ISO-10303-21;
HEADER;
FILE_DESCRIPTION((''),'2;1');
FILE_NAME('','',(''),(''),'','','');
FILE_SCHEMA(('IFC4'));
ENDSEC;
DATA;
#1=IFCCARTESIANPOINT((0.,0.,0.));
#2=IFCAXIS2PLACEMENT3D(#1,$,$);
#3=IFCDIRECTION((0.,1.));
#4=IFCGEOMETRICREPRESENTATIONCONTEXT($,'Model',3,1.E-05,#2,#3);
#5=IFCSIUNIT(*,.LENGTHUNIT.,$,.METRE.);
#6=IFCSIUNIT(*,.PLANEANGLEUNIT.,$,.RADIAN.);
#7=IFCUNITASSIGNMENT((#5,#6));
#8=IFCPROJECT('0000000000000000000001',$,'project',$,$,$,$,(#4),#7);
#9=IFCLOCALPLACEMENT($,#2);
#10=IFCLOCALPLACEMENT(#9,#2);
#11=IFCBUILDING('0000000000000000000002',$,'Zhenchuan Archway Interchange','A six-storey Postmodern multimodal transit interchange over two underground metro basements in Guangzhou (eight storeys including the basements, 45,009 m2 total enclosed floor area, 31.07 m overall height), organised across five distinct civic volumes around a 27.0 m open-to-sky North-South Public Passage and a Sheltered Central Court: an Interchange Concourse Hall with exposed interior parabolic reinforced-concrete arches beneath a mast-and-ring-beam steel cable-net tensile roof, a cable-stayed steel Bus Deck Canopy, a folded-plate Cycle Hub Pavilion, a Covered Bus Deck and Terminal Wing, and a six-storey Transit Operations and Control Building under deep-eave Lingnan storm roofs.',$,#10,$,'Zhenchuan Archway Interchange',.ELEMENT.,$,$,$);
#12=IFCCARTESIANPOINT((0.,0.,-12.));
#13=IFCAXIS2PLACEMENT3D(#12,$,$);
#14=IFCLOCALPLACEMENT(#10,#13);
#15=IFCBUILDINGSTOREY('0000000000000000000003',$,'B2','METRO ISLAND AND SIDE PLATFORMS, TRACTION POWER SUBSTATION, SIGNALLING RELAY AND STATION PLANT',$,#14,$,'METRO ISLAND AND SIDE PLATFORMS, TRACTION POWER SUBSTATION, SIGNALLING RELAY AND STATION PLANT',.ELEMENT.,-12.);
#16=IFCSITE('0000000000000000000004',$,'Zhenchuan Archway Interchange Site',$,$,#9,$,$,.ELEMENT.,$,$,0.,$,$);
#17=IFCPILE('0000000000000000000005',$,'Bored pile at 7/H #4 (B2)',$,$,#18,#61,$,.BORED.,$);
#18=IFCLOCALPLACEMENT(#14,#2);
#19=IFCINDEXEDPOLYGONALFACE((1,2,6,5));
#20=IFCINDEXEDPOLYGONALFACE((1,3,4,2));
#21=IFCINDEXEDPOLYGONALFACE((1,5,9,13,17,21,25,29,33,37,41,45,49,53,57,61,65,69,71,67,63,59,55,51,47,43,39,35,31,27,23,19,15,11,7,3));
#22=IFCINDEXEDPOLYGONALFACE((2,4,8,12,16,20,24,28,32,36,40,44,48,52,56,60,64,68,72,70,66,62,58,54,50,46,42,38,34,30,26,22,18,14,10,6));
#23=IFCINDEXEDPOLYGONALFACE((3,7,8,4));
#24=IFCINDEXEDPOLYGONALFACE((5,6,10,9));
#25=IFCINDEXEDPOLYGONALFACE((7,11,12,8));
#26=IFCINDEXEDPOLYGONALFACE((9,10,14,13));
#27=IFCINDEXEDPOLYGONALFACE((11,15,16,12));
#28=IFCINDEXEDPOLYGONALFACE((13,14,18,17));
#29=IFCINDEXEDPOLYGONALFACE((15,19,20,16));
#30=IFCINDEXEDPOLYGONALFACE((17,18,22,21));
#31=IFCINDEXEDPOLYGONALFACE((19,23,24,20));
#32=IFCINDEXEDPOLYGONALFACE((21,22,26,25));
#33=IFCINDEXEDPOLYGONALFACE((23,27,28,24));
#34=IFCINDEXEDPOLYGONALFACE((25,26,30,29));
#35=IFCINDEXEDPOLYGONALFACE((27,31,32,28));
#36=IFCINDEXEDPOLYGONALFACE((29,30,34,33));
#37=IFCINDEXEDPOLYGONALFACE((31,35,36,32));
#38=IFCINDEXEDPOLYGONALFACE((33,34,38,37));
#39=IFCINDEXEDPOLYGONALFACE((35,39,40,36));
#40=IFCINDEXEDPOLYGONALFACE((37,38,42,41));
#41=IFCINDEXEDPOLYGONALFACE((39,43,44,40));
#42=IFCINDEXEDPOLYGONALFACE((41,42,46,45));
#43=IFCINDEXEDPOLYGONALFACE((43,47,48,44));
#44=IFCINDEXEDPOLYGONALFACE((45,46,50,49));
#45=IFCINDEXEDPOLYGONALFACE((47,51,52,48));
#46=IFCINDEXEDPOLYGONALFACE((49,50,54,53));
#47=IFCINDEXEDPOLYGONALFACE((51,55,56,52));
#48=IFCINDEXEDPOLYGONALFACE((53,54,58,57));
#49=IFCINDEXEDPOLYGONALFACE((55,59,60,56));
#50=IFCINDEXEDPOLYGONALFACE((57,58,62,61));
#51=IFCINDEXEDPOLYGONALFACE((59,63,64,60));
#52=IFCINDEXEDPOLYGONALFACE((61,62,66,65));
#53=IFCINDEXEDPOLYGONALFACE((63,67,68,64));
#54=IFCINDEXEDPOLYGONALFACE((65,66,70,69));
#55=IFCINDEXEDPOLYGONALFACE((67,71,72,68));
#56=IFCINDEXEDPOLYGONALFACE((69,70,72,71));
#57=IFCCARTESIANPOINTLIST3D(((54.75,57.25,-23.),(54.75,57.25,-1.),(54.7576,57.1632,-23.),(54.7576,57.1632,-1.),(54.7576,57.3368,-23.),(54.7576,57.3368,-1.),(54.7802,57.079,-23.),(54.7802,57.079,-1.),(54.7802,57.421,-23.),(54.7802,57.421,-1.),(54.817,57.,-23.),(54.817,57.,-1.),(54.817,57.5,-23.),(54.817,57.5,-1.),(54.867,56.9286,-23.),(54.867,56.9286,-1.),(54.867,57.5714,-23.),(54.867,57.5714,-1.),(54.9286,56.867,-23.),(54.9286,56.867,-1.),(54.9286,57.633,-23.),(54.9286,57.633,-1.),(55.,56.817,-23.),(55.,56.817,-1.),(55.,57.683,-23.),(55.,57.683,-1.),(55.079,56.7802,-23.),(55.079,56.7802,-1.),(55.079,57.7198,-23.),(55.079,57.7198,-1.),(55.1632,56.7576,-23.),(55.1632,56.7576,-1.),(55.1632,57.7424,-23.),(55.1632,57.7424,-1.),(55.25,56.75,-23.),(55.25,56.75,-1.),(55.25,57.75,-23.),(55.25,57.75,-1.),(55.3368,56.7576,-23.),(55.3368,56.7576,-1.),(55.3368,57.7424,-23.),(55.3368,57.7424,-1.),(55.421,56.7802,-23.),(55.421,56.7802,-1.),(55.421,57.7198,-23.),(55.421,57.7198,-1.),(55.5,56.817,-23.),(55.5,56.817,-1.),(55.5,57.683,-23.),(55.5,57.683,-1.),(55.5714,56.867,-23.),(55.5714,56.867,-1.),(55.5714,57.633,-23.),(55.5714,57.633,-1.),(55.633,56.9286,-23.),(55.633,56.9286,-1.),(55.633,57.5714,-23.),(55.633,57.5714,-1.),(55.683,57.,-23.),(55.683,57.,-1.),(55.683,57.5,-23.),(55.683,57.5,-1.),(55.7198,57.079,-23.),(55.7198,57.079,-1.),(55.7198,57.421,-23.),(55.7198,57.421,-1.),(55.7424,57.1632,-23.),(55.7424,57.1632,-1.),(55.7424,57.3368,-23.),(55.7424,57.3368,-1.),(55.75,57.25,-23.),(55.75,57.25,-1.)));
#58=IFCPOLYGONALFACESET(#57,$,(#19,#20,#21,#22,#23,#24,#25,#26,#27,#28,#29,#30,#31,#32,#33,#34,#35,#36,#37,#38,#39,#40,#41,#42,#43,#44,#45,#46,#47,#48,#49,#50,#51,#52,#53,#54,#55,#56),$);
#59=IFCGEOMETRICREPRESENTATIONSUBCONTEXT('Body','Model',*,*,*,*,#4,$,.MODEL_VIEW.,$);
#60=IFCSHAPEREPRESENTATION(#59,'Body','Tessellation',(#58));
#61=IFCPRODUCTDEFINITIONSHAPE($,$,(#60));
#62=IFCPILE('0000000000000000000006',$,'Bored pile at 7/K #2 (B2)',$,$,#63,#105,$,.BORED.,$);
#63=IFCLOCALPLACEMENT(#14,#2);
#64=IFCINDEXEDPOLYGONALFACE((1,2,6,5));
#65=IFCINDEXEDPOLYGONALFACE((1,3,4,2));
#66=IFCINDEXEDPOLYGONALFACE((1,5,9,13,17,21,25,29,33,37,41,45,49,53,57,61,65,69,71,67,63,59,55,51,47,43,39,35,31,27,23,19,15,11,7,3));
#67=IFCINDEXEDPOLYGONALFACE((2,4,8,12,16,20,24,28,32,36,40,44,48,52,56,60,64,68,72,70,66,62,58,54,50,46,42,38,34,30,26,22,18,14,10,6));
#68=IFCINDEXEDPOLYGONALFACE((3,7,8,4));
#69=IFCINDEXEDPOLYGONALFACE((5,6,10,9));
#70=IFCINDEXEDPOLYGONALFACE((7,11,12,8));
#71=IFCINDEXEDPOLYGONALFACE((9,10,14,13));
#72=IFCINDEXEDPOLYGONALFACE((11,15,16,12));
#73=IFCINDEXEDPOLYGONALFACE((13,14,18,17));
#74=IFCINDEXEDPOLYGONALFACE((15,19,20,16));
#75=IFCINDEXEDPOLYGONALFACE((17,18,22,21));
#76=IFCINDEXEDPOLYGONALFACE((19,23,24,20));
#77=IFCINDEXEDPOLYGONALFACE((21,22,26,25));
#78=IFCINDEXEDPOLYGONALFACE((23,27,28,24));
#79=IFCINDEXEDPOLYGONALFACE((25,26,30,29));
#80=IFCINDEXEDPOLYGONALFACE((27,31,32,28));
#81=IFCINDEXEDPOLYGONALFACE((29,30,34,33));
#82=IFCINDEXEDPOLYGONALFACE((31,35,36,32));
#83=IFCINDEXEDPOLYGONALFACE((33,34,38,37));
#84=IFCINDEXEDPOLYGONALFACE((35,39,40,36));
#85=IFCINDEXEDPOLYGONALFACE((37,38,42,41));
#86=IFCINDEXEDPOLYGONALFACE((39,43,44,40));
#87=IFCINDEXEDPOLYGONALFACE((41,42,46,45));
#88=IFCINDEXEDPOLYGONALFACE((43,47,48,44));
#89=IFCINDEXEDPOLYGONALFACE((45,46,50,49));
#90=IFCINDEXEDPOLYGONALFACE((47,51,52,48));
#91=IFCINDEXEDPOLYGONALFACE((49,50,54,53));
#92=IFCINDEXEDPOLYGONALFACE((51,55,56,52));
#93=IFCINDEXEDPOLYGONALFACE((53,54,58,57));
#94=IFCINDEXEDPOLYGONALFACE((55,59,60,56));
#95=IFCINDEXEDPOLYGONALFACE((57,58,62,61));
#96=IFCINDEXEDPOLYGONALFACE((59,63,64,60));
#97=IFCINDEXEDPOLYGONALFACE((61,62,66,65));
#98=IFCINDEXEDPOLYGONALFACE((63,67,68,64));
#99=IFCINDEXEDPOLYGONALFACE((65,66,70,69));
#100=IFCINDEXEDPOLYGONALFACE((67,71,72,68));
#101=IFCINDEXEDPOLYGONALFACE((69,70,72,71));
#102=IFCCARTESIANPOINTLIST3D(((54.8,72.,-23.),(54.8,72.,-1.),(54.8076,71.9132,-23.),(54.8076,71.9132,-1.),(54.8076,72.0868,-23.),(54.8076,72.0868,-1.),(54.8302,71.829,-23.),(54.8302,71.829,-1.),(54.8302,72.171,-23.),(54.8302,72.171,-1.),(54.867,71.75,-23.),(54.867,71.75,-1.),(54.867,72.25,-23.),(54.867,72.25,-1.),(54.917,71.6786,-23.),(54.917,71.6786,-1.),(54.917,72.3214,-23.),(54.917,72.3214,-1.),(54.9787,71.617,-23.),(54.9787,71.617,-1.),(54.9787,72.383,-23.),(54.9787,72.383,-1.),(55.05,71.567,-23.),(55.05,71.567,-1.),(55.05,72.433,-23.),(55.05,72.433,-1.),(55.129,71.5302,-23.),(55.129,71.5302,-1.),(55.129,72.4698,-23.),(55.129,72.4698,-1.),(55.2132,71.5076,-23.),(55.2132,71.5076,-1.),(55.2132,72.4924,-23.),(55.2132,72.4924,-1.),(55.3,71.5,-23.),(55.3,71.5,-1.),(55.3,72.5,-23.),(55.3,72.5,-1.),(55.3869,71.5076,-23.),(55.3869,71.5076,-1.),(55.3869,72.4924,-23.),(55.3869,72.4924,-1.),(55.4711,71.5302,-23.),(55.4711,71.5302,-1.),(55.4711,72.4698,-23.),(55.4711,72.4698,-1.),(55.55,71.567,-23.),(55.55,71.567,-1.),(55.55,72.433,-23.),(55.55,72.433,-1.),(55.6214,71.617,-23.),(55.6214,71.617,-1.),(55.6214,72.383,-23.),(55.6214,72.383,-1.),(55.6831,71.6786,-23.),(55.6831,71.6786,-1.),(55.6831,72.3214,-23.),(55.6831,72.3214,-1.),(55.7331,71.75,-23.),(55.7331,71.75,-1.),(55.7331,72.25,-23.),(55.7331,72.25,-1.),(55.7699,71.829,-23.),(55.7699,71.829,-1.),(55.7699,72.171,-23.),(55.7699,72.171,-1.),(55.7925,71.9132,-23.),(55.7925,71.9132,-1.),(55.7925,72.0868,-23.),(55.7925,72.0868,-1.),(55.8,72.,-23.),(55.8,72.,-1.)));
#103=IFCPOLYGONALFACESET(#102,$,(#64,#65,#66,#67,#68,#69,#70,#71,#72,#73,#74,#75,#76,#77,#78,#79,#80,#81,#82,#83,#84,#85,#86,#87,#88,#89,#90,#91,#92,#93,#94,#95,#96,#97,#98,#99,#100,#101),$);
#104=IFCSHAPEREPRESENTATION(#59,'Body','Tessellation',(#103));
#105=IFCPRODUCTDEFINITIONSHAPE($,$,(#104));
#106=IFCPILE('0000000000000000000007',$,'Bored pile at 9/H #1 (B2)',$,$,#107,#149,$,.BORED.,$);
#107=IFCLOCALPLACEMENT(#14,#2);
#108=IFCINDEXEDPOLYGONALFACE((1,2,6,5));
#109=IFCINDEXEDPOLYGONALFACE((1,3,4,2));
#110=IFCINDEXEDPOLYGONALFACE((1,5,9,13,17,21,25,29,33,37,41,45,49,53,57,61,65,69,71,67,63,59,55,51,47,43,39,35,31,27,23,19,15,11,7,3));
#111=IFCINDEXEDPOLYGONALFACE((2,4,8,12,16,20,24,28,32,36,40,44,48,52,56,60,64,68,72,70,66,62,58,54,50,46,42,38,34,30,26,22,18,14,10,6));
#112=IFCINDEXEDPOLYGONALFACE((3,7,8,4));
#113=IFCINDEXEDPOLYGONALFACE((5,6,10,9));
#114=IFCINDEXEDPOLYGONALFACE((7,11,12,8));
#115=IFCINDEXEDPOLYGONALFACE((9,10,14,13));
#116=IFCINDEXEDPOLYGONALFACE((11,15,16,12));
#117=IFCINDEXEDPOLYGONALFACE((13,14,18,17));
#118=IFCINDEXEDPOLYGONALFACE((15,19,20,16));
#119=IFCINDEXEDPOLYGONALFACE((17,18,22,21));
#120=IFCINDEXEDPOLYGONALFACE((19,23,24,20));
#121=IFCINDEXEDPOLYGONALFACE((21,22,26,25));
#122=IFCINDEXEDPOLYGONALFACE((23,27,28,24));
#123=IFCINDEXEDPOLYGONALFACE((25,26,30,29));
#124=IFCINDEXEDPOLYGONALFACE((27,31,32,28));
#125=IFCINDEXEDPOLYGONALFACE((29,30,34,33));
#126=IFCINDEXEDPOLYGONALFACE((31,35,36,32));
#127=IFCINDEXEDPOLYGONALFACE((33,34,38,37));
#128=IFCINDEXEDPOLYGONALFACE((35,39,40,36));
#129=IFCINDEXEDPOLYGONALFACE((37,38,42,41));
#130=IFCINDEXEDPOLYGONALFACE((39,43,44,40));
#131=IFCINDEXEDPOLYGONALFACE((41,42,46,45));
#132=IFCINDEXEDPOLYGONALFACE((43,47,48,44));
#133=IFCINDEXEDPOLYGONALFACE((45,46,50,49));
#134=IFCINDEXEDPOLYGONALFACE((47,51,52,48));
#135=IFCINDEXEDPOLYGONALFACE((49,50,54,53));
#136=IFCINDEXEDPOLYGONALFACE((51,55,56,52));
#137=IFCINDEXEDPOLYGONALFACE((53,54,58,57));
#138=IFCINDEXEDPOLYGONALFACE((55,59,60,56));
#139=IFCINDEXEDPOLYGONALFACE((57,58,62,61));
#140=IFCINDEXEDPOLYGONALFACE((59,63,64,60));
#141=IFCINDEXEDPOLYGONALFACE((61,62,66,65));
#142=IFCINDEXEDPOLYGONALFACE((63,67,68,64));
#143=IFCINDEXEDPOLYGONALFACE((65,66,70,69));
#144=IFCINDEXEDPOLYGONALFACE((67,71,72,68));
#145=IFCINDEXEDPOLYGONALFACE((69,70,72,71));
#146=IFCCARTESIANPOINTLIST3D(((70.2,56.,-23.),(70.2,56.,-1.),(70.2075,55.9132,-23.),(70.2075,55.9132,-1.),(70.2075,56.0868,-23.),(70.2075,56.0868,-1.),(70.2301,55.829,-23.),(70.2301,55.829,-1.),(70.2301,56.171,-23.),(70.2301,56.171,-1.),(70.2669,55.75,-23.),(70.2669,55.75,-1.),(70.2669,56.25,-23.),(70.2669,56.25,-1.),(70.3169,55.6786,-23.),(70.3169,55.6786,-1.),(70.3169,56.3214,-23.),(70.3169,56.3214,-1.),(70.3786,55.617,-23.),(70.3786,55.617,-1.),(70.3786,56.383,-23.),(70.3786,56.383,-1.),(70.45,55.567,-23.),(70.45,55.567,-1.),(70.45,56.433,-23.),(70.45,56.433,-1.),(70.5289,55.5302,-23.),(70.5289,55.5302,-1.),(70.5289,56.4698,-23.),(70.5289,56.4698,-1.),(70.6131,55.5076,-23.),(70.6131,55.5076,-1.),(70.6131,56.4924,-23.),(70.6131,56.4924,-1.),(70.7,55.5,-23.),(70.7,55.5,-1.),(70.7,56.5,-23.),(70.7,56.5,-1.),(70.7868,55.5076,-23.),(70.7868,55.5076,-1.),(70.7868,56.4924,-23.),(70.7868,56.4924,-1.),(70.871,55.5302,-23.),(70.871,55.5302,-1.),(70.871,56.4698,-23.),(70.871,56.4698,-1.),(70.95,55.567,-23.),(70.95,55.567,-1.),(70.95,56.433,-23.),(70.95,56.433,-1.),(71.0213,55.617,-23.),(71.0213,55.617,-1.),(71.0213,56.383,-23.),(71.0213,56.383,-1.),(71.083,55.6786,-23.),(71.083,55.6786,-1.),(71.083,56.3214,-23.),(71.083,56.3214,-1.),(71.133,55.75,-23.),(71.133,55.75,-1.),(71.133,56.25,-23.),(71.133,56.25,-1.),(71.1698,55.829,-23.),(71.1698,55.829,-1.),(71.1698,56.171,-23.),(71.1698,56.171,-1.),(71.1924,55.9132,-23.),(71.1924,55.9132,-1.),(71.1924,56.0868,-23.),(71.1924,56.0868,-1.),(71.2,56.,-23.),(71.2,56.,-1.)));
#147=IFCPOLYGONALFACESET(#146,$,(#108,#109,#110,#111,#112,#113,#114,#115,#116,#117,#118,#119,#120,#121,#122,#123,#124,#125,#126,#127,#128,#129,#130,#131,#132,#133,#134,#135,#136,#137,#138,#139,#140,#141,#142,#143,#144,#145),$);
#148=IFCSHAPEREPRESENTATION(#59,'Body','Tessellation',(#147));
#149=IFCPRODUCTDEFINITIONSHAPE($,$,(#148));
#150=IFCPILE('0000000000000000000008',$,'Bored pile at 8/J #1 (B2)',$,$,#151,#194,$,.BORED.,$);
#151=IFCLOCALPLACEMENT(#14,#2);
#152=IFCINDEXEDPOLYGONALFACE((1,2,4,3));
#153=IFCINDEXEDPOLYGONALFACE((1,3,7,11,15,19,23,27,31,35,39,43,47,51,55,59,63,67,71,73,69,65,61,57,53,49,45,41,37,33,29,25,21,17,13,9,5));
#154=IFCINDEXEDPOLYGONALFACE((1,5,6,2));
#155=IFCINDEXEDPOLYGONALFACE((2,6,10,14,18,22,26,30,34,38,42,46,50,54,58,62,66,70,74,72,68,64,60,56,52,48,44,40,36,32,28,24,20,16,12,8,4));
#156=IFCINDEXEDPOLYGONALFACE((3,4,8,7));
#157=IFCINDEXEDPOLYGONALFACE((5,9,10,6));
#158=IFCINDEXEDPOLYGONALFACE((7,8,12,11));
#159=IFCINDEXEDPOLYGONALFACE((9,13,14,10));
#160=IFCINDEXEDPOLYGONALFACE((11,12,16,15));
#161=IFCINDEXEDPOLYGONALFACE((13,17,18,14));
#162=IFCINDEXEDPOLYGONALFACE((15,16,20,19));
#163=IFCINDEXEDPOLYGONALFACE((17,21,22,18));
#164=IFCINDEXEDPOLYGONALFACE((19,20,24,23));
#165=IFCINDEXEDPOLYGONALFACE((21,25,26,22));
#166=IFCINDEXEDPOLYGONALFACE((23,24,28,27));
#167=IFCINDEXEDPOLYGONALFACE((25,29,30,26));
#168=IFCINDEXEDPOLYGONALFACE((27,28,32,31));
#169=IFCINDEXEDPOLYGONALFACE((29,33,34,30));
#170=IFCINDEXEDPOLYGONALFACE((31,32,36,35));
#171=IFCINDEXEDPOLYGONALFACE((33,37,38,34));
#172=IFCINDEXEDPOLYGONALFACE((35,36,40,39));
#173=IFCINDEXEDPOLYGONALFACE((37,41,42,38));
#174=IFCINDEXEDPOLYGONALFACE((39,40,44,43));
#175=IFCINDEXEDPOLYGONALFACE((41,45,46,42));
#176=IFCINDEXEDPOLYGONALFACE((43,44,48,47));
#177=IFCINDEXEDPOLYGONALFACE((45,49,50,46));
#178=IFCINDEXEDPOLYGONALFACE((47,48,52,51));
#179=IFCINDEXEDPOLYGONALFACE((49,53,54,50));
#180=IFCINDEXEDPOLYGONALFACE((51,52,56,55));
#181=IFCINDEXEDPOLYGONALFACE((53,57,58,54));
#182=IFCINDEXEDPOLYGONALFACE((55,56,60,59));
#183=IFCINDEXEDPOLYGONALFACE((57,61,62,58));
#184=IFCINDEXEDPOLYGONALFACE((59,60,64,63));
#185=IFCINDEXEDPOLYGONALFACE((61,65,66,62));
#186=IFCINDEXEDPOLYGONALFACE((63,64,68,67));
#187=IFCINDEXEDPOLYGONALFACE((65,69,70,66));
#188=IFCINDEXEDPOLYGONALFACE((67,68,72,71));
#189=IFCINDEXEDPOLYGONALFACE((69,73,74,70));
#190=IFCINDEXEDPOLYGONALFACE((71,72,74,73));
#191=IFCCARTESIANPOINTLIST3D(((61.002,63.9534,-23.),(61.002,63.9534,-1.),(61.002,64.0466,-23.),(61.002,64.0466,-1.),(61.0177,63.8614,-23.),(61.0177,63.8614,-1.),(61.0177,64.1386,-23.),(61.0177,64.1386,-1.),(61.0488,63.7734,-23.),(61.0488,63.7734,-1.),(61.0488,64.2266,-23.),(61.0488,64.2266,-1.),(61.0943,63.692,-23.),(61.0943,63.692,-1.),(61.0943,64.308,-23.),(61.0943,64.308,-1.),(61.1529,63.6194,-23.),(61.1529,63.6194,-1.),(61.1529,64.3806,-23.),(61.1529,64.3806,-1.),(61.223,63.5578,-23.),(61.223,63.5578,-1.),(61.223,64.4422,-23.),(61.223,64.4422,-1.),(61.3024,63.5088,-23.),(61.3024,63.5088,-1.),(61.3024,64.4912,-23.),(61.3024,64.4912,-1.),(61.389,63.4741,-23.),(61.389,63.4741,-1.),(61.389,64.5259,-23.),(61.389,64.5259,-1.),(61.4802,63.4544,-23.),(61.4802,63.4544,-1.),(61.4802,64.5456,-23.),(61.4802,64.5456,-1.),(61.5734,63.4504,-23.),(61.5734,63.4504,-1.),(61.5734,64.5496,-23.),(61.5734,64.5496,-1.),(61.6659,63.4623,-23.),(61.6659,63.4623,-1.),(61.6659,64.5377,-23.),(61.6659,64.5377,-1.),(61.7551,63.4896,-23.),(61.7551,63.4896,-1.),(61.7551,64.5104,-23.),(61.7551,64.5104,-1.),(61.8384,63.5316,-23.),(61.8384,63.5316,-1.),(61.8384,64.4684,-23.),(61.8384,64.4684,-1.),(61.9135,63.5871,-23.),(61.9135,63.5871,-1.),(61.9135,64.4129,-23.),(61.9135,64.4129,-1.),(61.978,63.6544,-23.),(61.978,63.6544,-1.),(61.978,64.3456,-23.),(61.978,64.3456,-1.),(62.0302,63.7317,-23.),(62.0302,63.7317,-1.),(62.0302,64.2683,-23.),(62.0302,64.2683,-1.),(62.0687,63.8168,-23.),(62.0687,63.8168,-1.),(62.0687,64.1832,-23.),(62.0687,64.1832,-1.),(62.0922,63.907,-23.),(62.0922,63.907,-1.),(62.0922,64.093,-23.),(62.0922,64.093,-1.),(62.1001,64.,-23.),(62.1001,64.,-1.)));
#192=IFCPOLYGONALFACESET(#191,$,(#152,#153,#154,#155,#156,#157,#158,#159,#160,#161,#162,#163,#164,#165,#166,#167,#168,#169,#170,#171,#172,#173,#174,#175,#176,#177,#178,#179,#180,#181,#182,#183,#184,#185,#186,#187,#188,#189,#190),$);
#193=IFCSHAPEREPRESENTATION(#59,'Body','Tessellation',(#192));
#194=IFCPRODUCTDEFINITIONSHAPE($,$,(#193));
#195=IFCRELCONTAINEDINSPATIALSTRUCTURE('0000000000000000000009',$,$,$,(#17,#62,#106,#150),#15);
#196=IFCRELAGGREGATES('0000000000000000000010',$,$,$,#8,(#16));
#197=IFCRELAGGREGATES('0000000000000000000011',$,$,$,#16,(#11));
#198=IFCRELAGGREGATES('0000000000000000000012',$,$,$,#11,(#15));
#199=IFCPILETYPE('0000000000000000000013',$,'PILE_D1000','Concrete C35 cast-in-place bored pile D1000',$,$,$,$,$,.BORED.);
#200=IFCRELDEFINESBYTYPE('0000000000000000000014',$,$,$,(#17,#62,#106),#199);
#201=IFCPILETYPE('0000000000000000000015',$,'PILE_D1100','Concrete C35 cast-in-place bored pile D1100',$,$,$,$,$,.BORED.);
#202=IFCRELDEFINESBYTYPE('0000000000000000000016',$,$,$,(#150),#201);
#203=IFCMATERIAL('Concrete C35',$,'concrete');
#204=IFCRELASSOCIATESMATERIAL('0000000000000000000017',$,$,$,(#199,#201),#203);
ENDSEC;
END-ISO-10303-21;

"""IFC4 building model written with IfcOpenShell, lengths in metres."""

from ifc_helpers import new_model, si_unit, direction, frame, origin, origin_2d, place, context, subcontext, project, spatial, circle, extrude, material, material_profile, profile_set, type_object, element, save


model = new_model("IFC4")

# Units and contexts
model_context = context("Model", 3, precision=1e-05, world=origin(), true_north=direction((0.0, 1.0)))
body_context = subcontext(model_context, "Body", "Model", "MODEL_VIEW")
ifc_project = project(units=[si_unit("LENGTHUNIT", "METRE"), si_unit("PLANEANGLEUNIT", "RADIAN")], contexts=[model_context])

# Site, building, storey
site_placement = place(None, origin())
site = spatial("IfcSite", under=ifc_project, at=site_placement, Name="Zhenchuan Archway Interchange Site", CompositionType="ELEMENT", RefElevation=0.0)
building_placement = place(site_placement, origin())
building = spatial("IfcBuilding", under=site, at=building_placement, Name="Zhenchuan Archway Interchange", Description="A six-storey Postmodern multimodal transit interchange over two underground metro basements in Guangzhou (eight storeys including the basements, 45,009 m2 total enclosed floor area, 31.07 m overall height), organised across five distinct civic volumes around a 27.0 m open-to-sky North-South Public Passage and a Sheltered Central Court: an Interchange Concourse Hall with exposed interior parabolic reinforced-concrete arches beneath a mast-and-ring-beam steel cable-net tensile roof, a cable-stayed steel Bus Deck Canopy, a folded-plate Cycle Hub Pavilion, a Covered Bus Deck and Terminal Wing, and a six-storey Transit Operations and Control Building under deep-eave Lingnan storm roofs.", LongName="Zhenchuan Archway Interchange", CompositionType="ELEMENT")
storey_placement = place(building_placement, frame((0.0, 0.0, -12.0)))
storey = spatial("IfcBuildingStorey", under=building, at=storey_placement, Name="B2", Description="METRO ISLAND AND SIDE PLATFORMS, TRACTION POWER SUBSTATION, SIGNALLING RELAY AND STATION PLANT", LongName="METRO ISLAND AND SIDE PLATFORMS, TRACTION POWER SUBSTATION, SIGNALLING RELAY AND STATION PLANT", CompositionType="ELEMENT", Elevation=-12.0)

# Piles
ifc_material_1 = material(Name="Concrete C35", Category="concrete")
ifc_material_profile_1 = material_profile(ifc_material_1, circle(Radius=0.5, at=origin_2d()), Name="BORED PILE 1000")
ifc_profile_set_1 = profile_set([ifc_material_profile_1], Name="Concrete C35")
pile_type_1 = type_object("IfcPileType", Name="PILE_D1000", Description="Concrete C35 cast-in-place bored pile D1000", PredefinedType="BORED", material=ifc_profile_set_1)
for number, where, z_axis, x_axis, name in (
    (1, (55.25, 57.25, -1.0), (0.0, 0.0, -1.0), (1.0, 0.0, 0.0), "Bored pile at 7/H #4 (B2)"),
    (2, (55.3, 72.0, -1.0), (0.0, 0.0, -1.0), (1.0, 0.0, 0.0), "Bored pile at 7/K #2 (B2)"),
    (3, (70.7, 56.0, -1.0), (0.0, 0.0, -1.0), (1.0, 0.0, 0.0), "Bored pile at 9/H #1 (B2)"),
):
    element("IfcPile", number, at=place(storey_placement, frame(where, z_axis=z_axis, x_axis=x_axis)), inside=storey, type_object=pile_type_1, Name=name, PredefinedType="BORED", context=body_context, shape_type="SweptSolid", body=[
        extrude(circle(Radius=0.5, at=origin_2d()), origin(), (0.0, 0.0, 1.0), 22.0),
    ])
ifc_material_profile_2 = material_profile(ifc_material_1, circle(Radius=0.55, at=origin_2d()), Name="BORED PILE 1100")
ifc_profile_set_2 = profile_set([ifc_material_profile_2], Name="Concrete C35")
pile_type_2 = type_object("IfcPileType", Name="PILE_D1100", Description="Concrete C35 cast-in-place bored pile D1100", PredefinedType="BORED", material=ifc_profile_set_2)
for number, where, z_axis, x_axis, name in (
    (4, (61.55, 64.0, -1.0), (0.0, 0.0, -1.0), (1.0, 0.0, 0.0), "Bored pile at 8/J #1 (B2)"),
):
    element("IfcPile", number, at=place(storey_placement, frame(where, z_axis=z_axis, x_axis=x_axis)), inside=storey, type_object=pile_type_2, Name=name, PredefinedType="BORED", context=body_context, shape_type="SweptSolid", body=[
        extrude(circle(Radius=0.55, at=origin_2d()), origin(), (0.0, 0.0, 1.0), 22.0),
    ])

save(model, "model.ifc")
